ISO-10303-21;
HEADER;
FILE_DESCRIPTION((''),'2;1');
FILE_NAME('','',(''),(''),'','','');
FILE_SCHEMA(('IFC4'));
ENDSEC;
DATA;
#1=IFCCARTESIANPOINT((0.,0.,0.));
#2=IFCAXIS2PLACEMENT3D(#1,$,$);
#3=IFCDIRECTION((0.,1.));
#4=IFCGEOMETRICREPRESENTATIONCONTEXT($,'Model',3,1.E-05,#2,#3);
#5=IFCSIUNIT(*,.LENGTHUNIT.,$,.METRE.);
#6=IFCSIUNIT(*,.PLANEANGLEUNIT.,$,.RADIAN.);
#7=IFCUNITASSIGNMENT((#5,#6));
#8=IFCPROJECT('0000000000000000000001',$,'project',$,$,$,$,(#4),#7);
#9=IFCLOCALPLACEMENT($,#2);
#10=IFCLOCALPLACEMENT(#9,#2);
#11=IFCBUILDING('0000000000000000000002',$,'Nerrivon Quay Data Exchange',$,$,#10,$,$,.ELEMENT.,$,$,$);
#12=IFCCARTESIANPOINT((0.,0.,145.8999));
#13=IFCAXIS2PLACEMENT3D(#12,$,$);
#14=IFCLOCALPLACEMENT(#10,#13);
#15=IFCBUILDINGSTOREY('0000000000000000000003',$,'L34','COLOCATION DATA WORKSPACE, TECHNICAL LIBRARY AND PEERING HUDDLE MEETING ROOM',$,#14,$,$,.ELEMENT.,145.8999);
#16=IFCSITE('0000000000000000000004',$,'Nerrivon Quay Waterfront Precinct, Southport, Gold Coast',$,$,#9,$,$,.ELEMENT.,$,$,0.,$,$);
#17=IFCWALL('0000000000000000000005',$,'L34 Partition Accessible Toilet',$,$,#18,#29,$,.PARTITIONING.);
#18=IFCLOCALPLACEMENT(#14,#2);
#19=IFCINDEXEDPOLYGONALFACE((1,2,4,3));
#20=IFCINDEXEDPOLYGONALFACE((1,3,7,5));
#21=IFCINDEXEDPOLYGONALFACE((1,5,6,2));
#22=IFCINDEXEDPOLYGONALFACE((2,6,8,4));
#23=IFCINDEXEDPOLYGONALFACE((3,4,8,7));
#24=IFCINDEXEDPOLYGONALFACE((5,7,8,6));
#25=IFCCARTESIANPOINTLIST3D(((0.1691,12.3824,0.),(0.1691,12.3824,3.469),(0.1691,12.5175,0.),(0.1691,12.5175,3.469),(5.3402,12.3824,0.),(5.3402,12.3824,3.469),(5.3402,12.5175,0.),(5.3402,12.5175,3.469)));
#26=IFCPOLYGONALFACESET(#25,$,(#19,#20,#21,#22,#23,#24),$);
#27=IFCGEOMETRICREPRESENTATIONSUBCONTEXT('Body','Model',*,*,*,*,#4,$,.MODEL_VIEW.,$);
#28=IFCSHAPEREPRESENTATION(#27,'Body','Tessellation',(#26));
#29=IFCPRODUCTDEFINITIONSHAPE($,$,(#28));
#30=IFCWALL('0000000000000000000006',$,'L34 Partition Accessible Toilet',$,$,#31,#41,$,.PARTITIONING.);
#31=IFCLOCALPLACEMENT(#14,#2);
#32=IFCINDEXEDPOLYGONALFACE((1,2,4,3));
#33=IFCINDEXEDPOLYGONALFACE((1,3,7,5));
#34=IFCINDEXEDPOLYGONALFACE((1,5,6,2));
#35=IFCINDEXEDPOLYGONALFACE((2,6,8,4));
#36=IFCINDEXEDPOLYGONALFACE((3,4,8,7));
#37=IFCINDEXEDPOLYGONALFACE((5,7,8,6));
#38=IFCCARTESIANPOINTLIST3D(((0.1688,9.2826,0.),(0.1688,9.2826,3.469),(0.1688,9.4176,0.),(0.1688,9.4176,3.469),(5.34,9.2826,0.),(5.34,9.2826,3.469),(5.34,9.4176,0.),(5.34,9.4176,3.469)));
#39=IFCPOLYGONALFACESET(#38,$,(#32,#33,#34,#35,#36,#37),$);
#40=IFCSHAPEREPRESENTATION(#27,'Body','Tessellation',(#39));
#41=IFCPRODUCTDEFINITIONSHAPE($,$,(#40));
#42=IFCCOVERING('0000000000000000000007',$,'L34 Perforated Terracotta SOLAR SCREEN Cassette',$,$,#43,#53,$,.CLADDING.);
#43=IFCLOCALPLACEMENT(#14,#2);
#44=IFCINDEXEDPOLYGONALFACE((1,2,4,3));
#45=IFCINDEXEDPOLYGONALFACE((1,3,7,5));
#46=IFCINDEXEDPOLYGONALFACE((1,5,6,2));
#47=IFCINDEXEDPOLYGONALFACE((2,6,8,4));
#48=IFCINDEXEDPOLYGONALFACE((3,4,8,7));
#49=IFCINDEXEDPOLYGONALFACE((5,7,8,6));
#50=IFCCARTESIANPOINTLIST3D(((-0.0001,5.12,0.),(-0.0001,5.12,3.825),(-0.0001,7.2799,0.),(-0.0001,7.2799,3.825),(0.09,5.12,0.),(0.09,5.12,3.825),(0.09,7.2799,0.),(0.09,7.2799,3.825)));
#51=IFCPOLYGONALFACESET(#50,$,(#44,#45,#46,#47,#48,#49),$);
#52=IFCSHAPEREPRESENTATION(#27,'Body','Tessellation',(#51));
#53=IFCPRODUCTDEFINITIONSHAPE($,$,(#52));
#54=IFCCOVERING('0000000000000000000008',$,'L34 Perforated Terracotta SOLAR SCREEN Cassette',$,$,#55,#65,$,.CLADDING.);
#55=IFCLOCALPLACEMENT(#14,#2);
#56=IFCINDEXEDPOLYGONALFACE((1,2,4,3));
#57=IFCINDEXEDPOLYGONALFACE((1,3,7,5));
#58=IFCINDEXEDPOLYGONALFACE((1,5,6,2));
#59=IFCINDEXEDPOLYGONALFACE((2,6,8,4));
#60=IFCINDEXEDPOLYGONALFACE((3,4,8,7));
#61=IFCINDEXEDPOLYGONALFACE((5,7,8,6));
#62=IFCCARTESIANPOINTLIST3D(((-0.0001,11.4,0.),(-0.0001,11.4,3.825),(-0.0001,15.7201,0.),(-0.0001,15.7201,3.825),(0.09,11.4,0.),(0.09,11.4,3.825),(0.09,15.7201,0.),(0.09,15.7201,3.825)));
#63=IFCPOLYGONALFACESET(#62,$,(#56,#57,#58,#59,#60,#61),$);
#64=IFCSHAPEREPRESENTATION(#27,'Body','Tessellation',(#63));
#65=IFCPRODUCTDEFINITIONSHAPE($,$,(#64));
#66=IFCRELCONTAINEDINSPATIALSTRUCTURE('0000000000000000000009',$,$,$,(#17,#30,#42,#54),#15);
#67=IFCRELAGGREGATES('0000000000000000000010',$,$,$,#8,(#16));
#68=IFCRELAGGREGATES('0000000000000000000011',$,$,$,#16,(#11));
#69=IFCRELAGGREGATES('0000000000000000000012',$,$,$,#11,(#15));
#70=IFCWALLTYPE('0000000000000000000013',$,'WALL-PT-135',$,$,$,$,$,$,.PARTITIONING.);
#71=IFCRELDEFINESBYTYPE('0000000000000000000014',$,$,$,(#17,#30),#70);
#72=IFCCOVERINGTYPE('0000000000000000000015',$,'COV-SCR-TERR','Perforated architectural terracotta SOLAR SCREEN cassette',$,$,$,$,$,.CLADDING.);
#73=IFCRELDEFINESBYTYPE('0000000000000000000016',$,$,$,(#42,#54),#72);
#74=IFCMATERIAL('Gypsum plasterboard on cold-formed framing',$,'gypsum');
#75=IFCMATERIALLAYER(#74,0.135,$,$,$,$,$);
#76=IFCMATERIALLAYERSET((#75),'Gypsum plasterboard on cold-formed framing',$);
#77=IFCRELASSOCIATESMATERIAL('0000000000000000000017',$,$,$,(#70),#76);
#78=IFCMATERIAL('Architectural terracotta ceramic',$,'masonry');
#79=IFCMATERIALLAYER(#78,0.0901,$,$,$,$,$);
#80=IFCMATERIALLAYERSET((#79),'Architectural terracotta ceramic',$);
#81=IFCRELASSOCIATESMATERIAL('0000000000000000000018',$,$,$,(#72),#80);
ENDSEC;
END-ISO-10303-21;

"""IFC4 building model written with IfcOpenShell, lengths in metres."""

from ifc_helpers import new_model, si_unit, direction, frame, frame_2d, origin, origin_2d, place, context, subcontext, project, spatial, rectangle, extrude, material, layer, layer_set, type_object, element, save


model = new_model("IFC4")

# Units and contexts
model_context = context("Model", 3, precision=1e-05, world=origin(), true_north=direction((0.0, 1.0)))
body_context = subcontext(model_context, "Body", "Model", "MODEL_VIEW")
ifc_project = project(units=[si_unit("LENGTHUNIT", "METRE"), si_unit("PLANEANGLEUNIT", "RADIAN")], contexts=[model_context])

# Site, building, storey
site_placement = place(None, origin())
site = spatial("IfcSite", under=ifc_project, at=site_placement, Name="Nerrivon Quay Waterfront Precinct, Southport, Gold Coast", CompositionType="ELEMENT", RefElevation=0.0)
building_placement = place(site_placement, origin())
building = spatial("IfcBuilding", under=site, at=building_placement, Name="Nerrivon Quay Data Exchange", CompositionType="ELEMENT")
storey_placement = place(building_placement, frame((0.0, 0.0, 145.8999)))
storey = spatial("IfcBuildingStorey", under=building, at=storey_placement, Name="L34", Description="COLOCATION DATA WORKSPACE, TECHNICAL LIBRARY AND PEERING HUDDLE MEETING ROOM", CompositionType="ELEMENT", Elevation=145.8999)

# Shared definitions
ifc_material_1 = material(Name="Gypsum plasterboard on cold-formed framing", Category="gypsum")

# Walls
ifc_layer_1 = layer(ifc_material_1, 0.135)
ifc_layer_set_1 = layer_set([ifc_layer_1], Name="Gypsum plasterboard on cold-formed framing")
wall_type_1 = type_object("IfcWallType", Name="WALL-PT-135", PredefinedType="PARTITIONING", material=ifc_layer_set_1)
for number, where, z_axis, x_axis, name in (
    (1, (5.3401, 12.45, 0.0), (0.0, 0.0, 1.0), (-1.0, 0.0, 0.0), "L34 Partition Accessible Toilet"),
    (2, (0.1689, 9.3501, 0.0), (0.0, 0.0, 1.0), (1.0, 0.0, 0.0), "L34 Partition Accessible Toilet"),
):
    element("IfcWall", number, at=place(storey_placement, frame(where, z_axis=z_axis, x_axis=x_axis)), inside=storey, type_object=wall_type_1, Name=name, PredefinedType="PARTITIONING", context=body_context, shape_type="SweptSolid", body=[
        extrude(rectangle(XDim=5.1711, YDim=0.135, at=frame_2d((2.5854, 0.0))), origin(), (0.0, 0.0, 1.0), 3.469),
    ])

# Coverings
ifc_material_2 = material(Name="Architectural terracotta ceramic", Category="masonry")
ifc_layer_2 = layer(ifc_material_2, 0.0901)
ifc_layer_set_2 = layer_set([ifc_layer_2], Name="Architectural terracotta ceramic")
covering_type = type_object("IfcCoveringType", Name="COV-SCR-TERR", Description="Perforated architectural terracotta SOLAR SCREEN cassette", PredefinedType="CLADDING", material=ifc_layer_set_2)
covering_1_placement = place(storey_placement, frame((0.0449, 6.2, 0.0), z_axis=(0.0, 0.0, 1.0), x_axis=(0.0, 1.0, 0.0)))
element("IfcCovering", 3, at=covering_1_placement, inside=storey, type_object=covering_type, Name="L34 Perforated Terracotta SOLAR SCREEN Cassette", PredefinedType="CLADDING", context=body_context, shape_type="SweptSolid", body=[
    extrude(rectangle(XDim=2.1599, YDim=0.0901, at=origin_2d()), origin(), (0.0, 0.0, 1.0), 3.825),
])
covering_2_placement = place(storey_placement, frame((0.0449, 13.5601, 0.0), z_axis=(0.0, 0.0, 1.0), x_axis=(0.0, 1.0, 0.0)))
element("IfcCovering", 4, at=covering_2_placement, inside=storey, type_object=covering_type, Name="L34 Perforated Terracotta SOLAR SCREEN Cassette", PredefinedType="CLADDING", context=body_context, shape_type="SweptSolid", body=[
    extrude(rectangle(XDim=4.3201, YDim=0.0901, at=origin_2d()), origin(), (0.0, 0.0, 1.0), 3.825),
])

save(model, "model.ifc")
